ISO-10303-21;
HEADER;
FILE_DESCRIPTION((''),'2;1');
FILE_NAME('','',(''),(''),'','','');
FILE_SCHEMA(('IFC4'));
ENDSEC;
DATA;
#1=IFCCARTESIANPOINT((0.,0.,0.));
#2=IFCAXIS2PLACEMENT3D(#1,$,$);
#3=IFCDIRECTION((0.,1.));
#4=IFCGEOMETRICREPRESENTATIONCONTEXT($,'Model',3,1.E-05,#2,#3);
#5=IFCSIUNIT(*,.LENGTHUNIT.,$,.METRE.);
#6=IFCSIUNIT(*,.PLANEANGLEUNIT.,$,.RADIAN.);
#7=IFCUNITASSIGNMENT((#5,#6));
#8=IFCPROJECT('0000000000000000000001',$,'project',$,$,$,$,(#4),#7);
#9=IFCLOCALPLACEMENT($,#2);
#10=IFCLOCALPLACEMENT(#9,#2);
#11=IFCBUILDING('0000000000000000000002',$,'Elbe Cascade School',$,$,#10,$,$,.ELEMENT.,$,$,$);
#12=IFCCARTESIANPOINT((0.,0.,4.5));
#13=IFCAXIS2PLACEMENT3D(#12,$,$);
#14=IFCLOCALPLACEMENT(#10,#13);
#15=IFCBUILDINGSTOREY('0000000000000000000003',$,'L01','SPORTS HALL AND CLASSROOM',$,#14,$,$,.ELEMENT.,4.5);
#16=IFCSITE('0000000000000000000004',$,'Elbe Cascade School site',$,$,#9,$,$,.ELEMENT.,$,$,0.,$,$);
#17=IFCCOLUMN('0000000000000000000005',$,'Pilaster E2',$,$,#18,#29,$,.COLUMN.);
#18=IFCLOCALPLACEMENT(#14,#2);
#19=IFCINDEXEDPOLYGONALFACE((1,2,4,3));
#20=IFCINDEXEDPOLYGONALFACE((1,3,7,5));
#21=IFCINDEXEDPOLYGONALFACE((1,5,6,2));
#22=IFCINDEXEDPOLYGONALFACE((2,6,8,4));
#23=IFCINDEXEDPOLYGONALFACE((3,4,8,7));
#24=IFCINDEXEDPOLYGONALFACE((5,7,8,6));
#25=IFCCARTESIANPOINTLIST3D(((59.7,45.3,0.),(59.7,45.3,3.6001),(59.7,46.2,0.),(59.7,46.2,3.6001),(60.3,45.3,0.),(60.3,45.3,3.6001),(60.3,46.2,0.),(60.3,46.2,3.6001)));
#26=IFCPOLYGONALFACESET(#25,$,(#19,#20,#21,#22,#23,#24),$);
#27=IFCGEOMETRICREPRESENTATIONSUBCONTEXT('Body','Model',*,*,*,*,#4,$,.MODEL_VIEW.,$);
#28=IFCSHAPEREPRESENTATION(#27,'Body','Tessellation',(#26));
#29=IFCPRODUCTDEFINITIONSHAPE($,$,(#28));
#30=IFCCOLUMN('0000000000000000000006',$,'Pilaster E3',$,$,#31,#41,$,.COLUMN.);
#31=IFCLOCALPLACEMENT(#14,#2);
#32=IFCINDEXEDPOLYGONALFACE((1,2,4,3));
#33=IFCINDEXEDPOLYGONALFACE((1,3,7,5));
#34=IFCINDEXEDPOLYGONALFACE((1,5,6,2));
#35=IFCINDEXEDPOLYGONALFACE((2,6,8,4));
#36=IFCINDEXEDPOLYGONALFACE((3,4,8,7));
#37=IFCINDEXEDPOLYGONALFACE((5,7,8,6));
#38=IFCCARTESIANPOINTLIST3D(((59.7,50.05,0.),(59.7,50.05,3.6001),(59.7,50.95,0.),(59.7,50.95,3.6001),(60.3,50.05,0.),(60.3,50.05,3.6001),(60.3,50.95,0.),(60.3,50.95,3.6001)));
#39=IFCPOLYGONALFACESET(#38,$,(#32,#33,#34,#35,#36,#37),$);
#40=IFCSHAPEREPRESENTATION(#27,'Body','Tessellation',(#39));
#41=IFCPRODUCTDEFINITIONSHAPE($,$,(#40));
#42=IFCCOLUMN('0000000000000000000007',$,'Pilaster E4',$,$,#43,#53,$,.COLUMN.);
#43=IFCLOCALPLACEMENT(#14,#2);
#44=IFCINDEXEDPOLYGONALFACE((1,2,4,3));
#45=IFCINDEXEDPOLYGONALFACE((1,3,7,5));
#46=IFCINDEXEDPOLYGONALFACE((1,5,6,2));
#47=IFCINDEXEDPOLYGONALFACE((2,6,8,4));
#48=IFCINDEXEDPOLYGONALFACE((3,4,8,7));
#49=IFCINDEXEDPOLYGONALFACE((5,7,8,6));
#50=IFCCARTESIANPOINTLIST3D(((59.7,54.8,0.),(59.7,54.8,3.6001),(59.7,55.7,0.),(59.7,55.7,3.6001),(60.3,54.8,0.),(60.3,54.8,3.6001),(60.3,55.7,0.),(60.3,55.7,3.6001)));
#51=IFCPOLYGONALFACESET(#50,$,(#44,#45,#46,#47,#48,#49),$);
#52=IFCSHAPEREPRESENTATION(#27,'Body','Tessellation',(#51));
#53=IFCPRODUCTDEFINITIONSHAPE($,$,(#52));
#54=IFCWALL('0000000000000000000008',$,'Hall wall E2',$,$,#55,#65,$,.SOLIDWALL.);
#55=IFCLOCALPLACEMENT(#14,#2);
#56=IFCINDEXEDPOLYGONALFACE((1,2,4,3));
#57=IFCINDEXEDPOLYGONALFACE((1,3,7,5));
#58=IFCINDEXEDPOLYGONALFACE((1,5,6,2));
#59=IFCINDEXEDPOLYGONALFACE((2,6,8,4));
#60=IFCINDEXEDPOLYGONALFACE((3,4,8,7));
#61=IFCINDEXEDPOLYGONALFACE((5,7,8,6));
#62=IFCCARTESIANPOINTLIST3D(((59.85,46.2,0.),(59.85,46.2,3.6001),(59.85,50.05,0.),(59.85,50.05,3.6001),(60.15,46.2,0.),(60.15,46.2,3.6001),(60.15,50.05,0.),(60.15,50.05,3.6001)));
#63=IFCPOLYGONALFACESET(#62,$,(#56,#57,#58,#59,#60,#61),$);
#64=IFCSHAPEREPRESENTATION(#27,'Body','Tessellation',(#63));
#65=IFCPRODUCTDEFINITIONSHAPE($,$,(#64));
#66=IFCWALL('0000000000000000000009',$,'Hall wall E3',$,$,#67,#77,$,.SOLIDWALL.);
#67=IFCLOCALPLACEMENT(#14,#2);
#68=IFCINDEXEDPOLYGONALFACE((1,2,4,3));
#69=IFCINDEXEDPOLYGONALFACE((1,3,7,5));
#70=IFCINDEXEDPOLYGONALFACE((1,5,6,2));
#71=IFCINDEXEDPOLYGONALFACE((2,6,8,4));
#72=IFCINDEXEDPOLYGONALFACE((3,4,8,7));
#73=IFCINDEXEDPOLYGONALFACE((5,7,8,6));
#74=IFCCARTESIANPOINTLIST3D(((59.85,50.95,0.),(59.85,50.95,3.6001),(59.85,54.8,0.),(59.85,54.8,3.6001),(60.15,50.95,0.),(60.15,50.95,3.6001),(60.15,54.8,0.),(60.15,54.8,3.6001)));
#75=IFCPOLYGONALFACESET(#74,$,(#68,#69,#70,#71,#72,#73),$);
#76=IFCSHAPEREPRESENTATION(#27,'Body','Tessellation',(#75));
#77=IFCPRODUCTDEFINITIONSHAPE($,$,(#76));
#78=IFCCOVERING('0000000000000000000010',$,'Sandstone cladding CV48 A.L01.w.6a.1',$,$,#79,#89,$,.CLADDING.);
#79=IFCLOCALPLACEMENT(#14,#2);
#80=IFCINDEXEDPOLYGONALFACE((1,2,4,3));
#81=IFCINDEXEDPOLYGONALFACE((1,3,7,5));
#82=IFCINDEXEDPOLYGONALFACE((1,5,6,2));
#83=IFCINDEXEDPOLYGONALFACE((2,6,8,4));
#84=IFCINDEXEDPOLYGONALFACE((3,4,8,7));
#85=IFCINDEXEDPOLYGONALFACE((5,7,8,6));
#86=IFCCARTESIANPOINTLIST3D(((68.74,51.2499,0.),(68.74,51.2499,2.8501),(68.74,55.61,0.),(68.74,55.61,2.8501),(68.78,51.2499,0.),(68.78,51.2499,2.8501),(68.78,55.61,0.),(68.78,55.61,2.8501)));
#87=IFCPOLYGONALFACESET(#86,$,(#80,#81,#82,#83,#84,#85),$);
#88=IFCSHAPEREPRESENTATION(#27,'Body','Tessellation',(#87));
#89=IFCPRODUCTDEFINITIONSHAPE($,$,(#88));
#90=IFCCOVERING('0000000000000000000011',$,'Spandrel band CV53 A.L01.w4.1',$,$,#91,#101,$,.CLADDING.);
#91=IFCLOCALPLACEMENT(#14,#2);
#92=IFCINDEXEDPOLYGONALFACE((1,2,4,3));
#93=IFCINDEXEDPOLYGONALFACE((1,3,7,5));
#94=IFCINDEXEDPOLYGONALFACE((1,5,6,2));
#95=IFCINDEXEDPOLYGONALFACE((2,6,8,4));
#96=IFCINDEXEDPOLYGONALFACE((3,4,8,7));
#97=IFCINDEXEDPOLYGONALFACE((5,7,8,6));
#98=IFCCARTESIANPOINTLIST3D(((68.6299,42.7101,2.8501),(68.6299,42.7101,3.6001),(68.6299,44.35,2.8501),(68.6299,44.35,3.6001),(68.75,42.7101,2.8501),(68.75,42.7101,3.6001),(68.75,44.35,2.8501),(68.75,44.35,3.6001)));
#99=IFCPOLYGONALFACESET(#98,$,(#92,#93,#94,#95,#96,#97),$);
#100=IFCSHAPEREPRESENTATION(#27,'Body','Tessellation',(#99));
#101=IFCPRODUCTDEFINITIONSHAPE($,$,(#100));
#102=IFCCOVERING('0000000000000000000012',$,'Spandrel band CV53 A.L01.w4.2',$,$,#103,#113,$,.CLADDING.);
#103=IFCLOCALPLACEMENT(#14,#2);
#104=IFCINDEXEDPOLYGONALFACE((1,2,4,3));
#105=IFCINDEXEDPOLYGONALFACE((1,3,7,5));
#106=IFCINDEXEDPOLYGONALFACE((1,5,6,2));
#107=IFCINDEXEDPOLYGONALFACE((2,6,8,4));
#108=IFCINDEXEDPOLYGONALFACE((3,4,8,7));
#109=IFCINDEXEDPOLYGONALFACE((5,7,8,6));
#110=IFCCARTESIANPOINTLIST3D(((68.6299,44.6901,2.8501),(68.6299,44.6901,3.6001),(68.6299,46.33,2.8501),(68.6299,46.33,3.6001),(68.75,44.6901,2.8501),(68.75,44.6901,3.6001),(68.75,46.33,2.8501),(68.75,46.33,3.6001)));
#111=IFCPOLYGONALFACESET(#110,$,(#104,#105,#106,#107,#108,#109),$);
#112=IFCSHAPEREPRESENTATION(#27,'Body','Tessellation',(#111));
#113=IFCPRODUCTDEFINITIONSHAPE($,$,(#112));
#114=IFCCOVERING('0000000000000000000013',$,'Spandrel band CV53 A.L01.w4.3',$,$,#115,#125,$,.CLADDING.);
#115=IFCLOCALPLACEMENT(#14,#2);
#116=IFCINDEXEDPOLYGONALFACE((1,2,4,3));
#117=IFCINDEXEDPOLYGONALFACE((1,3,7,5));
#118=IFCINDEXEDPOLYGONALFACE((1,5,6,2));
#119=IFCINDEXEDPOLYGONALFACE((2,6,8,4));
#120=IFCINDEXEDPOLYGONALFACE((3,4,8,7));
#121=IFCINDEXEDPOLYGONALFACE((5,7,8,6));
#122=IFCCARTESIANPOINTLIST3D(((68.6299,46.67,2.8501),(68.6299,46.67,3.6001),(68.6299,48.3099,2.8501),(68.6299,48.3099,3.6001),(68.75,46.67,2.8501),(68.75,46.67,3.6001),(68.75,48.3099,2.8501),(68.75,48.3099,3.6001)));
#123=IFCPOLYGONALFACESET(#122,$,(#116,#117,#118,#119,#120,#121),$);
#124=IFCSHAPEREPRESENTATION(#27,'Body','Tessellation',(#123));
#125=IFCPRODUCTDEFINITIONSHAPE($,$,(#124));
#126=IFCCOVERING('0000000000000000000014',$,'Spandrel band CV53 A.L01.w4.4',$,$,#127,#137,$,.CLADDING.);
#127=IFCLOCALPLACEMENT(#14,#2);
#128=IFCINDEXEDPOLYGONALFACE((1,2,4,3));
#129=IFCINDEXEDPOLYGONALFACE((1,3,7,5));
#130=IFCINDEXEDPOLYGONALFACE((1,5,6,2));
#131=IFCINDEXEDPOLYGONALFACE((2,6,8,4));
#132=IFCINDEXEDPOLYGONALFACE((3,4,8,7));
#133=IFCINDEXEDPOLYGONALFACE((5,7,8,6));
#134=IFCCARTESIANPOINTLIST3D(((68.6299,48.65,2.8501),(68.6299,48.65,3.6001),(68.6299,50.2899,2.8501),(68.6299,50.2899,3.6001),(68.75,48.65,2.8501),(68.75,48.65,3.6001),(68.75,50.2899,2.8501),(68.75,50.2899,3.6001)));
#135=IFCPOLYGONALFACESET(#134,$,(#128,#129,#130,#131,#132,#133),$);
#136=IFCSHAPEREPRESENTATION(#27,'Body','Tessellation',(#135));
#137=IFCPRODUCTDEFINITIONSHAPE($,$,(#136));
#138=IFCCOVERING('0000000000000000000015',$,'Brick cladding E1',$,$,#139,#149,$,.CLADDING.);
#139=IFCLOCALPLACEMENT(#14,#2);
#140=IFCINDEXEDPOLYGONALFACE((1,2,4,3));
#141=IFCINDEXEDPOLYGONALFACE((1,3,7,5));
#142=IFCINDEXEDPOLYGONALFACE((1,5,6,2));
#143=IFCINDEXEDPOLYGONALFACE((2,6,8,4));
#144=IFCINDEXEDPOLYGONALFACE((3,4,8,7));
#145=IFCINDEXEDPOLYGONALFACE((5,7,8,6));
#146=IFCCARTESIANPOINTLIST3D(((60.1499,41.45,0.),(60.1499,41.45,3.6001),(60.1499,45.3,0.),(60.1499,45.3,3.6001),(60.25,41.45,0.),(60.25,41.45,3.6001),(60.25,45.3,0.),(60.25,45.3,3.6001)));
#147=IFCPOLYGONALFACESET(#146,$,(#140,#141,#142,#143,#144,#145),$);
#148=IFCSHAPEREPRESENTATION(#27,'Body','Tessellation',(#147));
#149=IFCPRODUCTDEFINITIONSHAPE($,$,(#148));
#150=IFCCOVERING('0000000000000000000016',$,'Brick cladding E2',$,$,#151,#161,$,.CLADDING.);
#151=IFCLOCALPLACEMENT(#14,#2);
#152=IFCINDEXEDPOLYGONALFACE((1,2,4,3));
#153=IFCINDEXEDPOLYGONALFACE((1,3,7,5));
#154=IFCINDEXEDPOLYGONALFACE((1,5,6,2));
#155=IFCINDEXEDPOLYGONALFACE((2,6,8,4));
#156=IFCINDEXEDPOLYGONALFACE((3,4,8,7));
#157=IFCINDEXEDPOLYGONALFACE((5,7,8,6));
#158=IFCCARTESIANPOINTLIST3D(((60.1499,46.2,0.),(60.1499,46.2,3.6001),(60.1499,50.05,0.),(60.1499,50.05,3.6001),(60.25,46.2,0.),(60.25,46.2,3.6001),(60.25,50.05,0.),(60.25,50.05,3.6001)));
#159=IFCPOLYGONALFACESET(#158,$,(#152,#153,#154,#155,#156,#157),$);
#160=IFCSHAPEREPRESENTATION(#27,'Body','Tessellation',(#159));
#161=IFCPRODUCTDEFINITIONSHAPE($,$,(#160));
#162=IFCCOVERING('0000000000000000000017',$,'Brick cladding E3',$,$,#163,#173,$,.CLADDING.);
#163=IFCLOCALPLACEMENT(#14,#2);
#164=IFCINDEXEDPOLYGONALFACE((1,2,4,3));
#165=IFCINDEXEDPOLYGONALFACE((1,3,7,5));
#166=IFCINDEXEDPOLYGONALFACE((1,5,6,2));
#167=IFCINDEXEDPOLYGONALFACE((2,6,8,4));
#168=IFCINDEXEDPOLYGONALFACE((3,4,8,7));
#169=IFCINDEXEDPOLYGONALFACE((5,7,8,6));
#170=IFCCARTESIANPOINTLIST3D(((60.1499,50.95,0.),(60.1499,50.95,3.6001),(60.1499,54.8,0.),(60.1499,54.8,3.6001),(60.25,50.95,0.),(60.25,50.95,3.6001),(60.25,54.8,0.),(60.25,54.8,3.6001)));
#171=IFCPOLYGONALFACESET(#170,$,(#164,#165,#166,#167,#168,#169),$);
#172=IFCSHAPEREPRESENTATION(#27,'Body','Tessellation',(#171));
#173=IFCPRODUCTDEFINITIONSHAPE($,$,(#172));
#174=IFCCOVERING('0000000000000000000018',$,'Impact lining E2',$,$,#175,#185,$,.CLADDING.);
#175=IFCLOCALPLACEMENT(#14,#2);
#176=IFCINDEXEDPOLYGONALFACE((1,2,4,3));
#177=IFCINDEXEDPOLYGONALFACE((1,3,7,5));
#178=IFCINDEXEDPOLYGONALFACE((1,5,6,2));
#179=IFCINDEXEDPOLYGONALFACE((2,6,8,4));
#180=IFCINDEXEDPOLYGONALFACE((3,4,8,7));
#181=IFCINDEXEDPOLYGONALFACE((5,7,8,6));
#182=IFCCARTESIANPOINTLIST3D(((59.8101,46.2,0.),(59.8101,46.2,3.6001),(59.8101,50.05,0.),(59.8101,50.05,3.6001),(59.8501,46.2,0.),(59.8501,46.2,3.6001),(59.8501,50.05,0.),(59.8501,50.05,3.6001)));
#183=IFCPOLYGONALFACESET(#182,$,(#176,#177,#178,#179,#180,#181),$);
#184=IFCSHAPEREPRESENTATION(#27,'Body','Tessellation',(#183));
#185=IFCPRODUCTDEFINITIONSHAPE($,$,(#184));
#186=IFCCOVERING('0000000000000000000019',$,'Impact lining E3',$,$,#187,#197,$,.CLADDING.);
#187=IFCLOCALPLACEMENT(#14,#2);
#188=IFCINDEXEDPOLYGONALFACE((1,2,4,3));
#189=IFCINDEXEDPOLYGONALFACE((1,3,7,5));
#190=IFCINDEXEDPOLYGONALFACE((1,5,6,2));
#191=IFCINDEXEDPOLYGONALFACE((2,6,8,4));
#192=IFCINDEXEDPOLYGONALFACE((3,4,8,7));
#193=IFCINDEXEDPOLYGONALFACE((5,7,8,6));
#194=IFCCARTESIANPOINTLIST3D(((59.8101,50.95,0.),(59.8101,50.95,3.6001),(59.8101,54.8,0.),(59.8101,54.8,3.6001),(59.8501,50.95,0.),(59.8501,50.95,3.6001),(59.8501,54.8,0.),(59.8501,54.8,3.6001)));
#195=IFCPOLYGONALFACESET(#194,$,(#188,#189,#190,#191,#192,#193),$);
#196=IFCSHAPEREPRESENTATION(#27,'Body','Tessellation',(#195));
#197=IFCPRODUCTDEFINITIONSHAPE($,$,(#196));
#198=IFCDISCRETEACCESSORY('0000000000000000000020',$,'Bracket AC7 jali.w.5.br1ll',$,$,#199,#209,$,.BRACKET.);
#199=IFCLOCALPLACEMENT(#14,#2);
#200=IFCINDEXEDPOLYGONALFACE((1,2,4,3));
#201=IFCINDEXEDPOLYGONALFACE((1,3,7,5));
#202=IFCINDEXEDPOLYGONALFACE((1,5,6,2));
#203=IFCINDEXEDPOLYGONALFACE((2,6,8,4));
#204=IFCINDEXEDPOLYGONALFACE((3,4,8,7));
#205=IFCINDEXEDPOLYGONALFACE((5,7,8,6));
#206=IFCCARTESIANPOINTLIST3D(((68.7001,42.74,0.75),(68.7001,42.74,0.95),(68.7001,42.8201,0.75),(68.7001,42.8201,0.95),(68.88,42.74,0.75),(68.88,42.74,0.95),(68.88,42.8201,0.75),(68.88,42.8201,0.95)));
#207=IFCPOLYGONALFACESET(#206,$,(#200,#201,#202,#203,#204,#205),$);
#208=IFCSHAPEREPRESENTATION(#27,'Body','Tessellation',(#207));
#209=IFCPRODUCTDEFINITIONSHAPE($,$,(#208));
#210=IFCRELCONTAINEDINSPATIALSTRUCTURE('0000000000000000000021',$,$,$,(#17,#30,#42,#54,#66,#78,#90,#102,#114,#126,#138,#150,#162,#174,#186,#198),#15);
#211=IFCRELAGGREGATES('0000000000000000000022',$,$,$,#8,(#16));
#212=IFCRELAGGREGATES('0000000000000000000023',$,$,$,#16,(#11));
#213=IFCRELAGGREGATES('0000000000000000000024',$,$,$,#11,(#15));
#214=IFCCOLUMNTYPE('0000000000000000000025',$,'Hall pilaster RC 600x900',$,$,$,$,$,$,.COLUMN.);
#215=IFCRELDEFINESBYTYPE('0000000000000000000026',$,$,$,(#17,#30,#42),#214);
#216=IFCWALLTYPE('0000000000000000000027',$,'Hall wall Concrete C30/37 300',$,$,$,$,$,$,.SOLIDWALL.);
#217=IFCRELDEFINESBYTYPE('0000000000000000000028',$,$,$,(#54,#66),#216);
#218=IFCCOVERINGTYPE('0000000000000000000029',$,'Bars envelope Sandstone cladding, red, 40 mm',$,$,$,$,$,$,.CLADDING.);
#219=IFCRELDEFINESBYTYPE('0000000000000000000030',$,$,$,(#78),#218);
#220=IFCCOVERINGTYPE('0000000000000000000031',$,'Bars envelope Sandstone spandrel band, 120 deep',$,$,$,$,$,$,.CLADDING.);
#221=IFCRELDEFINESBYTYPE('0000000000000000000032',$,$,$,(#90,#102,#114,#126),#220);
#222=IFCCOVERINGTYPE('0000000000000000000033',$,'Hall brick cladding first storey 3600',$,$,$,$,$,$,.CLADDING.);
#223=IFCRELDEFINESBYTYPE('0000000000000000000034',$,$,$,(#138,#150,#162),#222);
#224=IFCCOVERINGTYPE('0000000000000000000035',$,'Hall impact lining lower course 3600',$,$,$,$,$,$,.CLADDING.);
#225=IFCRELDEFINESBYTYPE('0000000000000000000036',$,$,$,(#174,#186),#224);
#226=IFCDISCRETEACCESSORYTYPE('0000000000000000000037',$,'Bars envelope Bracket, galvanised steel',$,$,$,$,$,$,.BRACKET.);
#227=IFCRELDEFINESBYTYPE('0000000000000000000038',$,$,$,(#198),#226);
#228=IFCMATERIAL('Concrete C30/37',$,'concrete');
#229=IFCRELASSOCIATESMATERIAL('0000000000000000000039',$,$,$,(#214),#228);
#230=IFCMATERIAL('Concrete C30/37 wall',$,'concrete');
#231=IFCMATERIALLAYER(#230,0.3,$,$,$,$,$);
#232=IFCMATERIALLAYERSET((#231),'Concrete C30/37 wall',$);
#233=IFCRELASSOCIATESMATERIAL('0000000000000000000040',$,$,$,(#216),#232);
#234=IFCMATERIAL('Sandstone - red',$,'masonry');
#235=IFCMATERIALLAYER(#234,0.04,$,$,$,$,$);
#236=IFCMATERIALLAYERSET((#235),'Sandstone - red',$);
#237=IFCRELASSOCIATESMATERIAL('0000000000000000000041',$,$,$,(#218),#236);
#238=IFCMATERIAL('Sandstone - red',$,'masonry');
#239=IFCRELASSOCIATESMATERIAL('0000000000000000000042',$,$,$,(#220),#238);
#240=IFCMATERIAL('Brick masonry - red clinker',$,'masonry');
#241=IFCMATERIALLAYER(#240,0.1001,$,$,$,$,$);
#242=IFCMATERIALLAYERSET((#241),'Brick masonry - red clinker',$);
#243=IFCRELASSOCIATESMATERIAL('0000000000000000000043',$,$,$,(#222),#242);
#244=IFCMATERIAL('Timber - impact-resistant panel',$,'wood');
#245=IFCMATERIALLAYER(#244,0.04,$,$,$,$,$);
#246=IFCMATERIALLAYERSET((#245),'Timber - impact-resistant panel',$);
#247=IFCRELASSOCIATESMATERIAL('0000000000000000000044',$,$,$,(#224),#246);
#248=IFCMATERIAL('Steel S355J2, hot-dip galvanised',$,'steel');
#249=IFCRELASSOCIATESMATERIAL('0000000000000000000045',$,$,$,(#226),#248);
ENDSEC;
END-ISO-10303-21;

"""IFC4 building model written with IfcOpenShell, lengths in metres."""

from ifc_helpers import new_model, si_unit, direction, frame, frame_2d, origin, origin_2d, place, context, subcontext, project, spatial, rectangle, extrude, material, layer, layer_set, material_profile, profile_set, type_object, element, save


model = new_model("IFC4")

# Units and contexts
model_context = context("Model", 3, precision=1e-05, world=origin(), true_north=direction((0.0, 1.0)))
body_context = subcontext(model_context, "Body", "Model", "MODEL_VIEW")
ifc_project = project(units=[si_unit("LENGTHUNIT", "METRE"), si_unit("PLANEANGLEUNIT", "RADIAN")], contexts=[model_context])

# Site, building, storey
site_placement = place(None, origin())
site = spatial("IfcSite", under=ifc_project, at=site_placement, Name="Elbe Cascade School site", CompositionType="ELEMENT", RefElevation=0.0)
building_placement = place(site_placement, origin())
building = spatial("IfcBuilding", under=site, at=building_placement, Name="Elbe Cascade School", CompositionType="ELEMENT")
storey_placement = place(building_placement, frame((0.0, 0.0, 4.5)))
storey = spatial("IfcBuildingStorey", under=building, at=storey_placement, Name="L01", Description="SPORTS HALL AND CLASSROOM", CompositionType="ELEMENT", Elevation=4.5)

# Columns
ifc_material_1 = material(Name="Concrete C30/37", Category="concrete")
ifc_material_profile = material_profile(ifc_material_1, rectangle(XDim=0.6001, YDim=0.8999, at=origin_2d()), Name="RC 600x900")
ifc_profile_set = profile_set([ifc_material_profile], Name="Concrete C30/37")
column_type = type_object("IfcColumnType", Name="Hall pilaster RC 600x900", PredefinedType="COLUMN", material=ifc_profile_set)
for number, where, z_axis, x_axis, name in (
    (1, (60.0, 45.75, 0.0), (0.0, 0.0, 1.0), (1.0, 0.0, 0.0), "Pilaster E2"),
    (2, (60.0, 50.5, 0.0), (0.0, 0.0, 1.0), (1.0, 0.0, 0.0), "Pilaster E3"),
    (3, (60.0, 55.25, 0.0), (0.0, 0.0, 1.0), (1.0, 0.0, 0.0), "Pilaster E4"),
):
    element("IfcColumn", number, at=place(storey_placement, frame(where, z_axis=z_axis, x_axis=x_axis)), inside=storey, type_object=column_type, Name=name, PredefinedType="COLUMN", context=body_context, shape_type="SweptSolid", body=[
        extrude(rectangle(XDim=0.6001, YDim=0.8999, at=origin_2d()), origin(), (0.0, 0.0, 1.0), 3.6001),
    ])

# Walls
ifc_material_2 = material(Name="Concrete C30/37 wall", Category="concrete")
ifc_layer_1 = layer(ifc_material_2, 0.3)
ifc_layer_set_1 = layer_set([ifc_layer_1], Name="Concrete C30/37 wall")
wall_type = type_object("IfcWallType", Name="Hall wall Concrete C30/37 300", PredefinedType="SOLIDWALL", material=ifc_layer_set_1)
for number, where, z_axis, x_axis, name in (
    (4, (60.0, 46.2, 0.0), (0.0, 0.0, 1.0), (0.0, 1.0, 0.0), "Hall wall E2"),
    (5, (60.0, 50.95, 0.0), (0.0, 0.0, 1.0), (0.0, 1.0, 0.0), "Hall wall E3"),
):
    element("IfcWall", number, at=place(storey_placement, frame(where, z_axis=z_axis, x_axis=x_axis)), inside=storey, type_object=wall_type, Name=name, PredefinedType="SOLIDWALL", context=body_context, shape_type="SweptSolid", body=[
        extrude(rectangle(XDim=3.8501, YDim=0.3, at=frame_2d((1.925, 0.0))), origin(), (0.0, 0.0, 1.0), 3.6001),
    ])

# Coverings
ifc_material_3 = material(Name="Sandstone - red", Category="masonry")
ifc_layer_2 = layer(ifc_material_3, 0.04)
ifc_layer_set_2 = layer_set([ifc_layer_2], Name="Sandstone - red")
covering_type_1 = type_object("IfcCoveringType", Name="Bars envelope Sandstone cladding, red, 40 mm", PredefinedType="CLADDING", material=ifc_layer_set_2)
covering_placement = place(storey_placement, frame((68.76, 53.4299, 0.0), z_axis=(0.0, 0.0, 1.0), x_axis=(0.0, 1.0, 0.0)))
element("IfcCovering", 6, at=covering_placement, inside=storey, type_object=covering_type_1, Name="Sandstone cladding CV48 A.L01.w.6a.1", PredefinedType="CLADDING", context=body_context, shape_type="SweptSolid", body=[
    extrude(rectangle(XDim=4.3601, YDim=0.04, at=origin_2d()), origin(), (0.0, 0.0, 1.0), 2.8501),
])
ifc_material_4 = material(Name="Sandstone - red", Category="masonry")
covering_type_2 = type_object("IfcCoveringType", Name="Bars envelope Sandstone spandrel band, 120 deep", PredefinedType="CLADDING", material=ifc_material_4)
for number, where, z_axis, x_axis, name in (
    (7, (68.6899, 43.53, 2.8501), (0.0, 0.0, 1.0), (0.0, 1.0, 0.0), "Spandrel band CV53 A.L01.w4.1"),
    (8, (68.6899, 45.51, 2.8501), (0.0, 0.0, 1.0), (0.0, 1.0, 0.0), "Spandrel band CV53 A.L01.w4.2"),
    (9, (68.6899, 47.49, 2.8501), (0.0, 0.0, 1.0), (0.0, 1.0, 0.0), "Spandrel band CV53 A.L01.w4.3"),
    (10, (68.6899, 49.47, 2.8501), (0.0, 0.0, 1.0), (0.0, 1.0, 0.0), "Spandrel band CV53 A.L01.w4.4"),
):
    element("IfcCovering", number, at=place(storey_placement, frame(where, z_axis=z_axis, x_axis=x_axis)), inside=storey, type_object=covering_type_2, Name=name, PredefinedType="CLADDING", context=body_context, shape_type="SweptSolid", body=[
        extrude(rectangle(XDim=1.6399, YDim=0.1201, at=origin_2d()), origin(), (0.0, 0.0, 1.0), 0.75),
    ])
ifc_material_5 = material(Name="Brick masonry - red clinker", Category="masonry")
ifc_layer_3 = layer(ifc_material_5, 0.1001)
ifc_layer_set_3 = layer_set([ifc_layer_3], Name="Brick masonry - red clinker")
covering_type_3 = type_object("IfcCoveringType", Name="Hall brick cladding first storey 3600", PredefinedType="CLADDING", material=ifc_layer_set_3)
for number, where, z_axis, x_axis, name in (
    (11, (60.2, 43.375, 0.0), (0.0, 0.0, 1.0), (1.0, 0.0, 0.0), "Brick cladding E1"),
    (12, (60.2, 48.125, 0.0), (0.0, 0.0, 1.0), (1.0, 0.0, 0.0), "Brick cladding E2"),
    (13, (60.2, 52.875, 0.0), (0.0, 0.0, 1.0), (1.0, 0.0, 0.0), "Brick cladding E3"),
):
    element("IfcCovering", number, at=place(storey_placement, frame(where, z_axis=z_axis, x_axis=x_axis)), inside=storey, type_object=covering_type_3, Name=name, PredefinedType="CLADDING", context=body_context, shape_type="SweptSolid", body=[
        extrude(rectangle(XDim=0.1001, YDim=3.8501, at=origin_2d()), origin(), (0.0, 0.0, 1.0), 3.6001),
    ])
ifc_material_6 = material(Name="Timber - impact-resistant panel", Category="wood")
ifc_layer_4 = layer(ifc_material_6, 0.04)
ifc_layer_set_4 = layer_set([ifc_layer_4], Name="Timber - impact-resistant panel")
covering_type_4 = type_object("IfcCoveringType", Name="Hall impact lining lower course 3600", PredefinedType="CLADDING", material=ifc_layer_set_4)
for number, where, z_axis, x_axis, name in (
    (14, (59.8301, 48.125, 0.0), (0.0, 0.0, 1.0), (1.0, 0.0, 0.0), "Impact lining E2"),
    (15, (59.8301, 52.875, 0.0), (0.0, 0.0, 1.0), (1.0, 0.0, 0.0), "Impact lining E3"),
):
    element("IfcCovering", number, at=place(storey_placement, frame(where, z_axis=z_axis, x_axis=x_axis)), inside=storey, type_object=covering_type_4, Name=name, PredefinedType="CLADDING", context=body_context, shape_type="SweptSolid", body=[
        extrude(rectangle(XDim=0.04, YDim=3.8501, at=origin_2d()), origin(), (0.0, 0.0, 1.0), 3.6001),
    ])

# Discrete accessory
ifc_material_7 = material(Name="Steel S355J2, hot-dip galvanised", Category="steel")
discrete_accessory_type = type_object("IfcDiscreteAccessoryType", Name="Bars envelope Bracket, galvanised steel", PredefinedType="BRACKET", material=ifc_material_7)
for number, where, z_axis, x_axis, name in (
    (16, (68.79, 42.78, 0.75), (0.0, 0.0, 1.0), (0.0, 1.0, 0.0), "Bracket AC7 jali.w.5.br1ll"),
):
    element("IfcDiscreteAccessory", number, at=place(storey_placement, frame(where, z_axis=z_axis, x_axis=x_axis)), inside=storey, type_object=discrete_accessory_type, Name=name, PredefinedType="BRACKET", context=body_context, shape_type="SweptSolid", body=[
        extrude(rectangle(XDim=0.0801, YDim=0.1799, at=origin_2d()), origin(), (0.0, 0.0, 1.0), 0.2),
    ])

save(model, "model.ifc")
